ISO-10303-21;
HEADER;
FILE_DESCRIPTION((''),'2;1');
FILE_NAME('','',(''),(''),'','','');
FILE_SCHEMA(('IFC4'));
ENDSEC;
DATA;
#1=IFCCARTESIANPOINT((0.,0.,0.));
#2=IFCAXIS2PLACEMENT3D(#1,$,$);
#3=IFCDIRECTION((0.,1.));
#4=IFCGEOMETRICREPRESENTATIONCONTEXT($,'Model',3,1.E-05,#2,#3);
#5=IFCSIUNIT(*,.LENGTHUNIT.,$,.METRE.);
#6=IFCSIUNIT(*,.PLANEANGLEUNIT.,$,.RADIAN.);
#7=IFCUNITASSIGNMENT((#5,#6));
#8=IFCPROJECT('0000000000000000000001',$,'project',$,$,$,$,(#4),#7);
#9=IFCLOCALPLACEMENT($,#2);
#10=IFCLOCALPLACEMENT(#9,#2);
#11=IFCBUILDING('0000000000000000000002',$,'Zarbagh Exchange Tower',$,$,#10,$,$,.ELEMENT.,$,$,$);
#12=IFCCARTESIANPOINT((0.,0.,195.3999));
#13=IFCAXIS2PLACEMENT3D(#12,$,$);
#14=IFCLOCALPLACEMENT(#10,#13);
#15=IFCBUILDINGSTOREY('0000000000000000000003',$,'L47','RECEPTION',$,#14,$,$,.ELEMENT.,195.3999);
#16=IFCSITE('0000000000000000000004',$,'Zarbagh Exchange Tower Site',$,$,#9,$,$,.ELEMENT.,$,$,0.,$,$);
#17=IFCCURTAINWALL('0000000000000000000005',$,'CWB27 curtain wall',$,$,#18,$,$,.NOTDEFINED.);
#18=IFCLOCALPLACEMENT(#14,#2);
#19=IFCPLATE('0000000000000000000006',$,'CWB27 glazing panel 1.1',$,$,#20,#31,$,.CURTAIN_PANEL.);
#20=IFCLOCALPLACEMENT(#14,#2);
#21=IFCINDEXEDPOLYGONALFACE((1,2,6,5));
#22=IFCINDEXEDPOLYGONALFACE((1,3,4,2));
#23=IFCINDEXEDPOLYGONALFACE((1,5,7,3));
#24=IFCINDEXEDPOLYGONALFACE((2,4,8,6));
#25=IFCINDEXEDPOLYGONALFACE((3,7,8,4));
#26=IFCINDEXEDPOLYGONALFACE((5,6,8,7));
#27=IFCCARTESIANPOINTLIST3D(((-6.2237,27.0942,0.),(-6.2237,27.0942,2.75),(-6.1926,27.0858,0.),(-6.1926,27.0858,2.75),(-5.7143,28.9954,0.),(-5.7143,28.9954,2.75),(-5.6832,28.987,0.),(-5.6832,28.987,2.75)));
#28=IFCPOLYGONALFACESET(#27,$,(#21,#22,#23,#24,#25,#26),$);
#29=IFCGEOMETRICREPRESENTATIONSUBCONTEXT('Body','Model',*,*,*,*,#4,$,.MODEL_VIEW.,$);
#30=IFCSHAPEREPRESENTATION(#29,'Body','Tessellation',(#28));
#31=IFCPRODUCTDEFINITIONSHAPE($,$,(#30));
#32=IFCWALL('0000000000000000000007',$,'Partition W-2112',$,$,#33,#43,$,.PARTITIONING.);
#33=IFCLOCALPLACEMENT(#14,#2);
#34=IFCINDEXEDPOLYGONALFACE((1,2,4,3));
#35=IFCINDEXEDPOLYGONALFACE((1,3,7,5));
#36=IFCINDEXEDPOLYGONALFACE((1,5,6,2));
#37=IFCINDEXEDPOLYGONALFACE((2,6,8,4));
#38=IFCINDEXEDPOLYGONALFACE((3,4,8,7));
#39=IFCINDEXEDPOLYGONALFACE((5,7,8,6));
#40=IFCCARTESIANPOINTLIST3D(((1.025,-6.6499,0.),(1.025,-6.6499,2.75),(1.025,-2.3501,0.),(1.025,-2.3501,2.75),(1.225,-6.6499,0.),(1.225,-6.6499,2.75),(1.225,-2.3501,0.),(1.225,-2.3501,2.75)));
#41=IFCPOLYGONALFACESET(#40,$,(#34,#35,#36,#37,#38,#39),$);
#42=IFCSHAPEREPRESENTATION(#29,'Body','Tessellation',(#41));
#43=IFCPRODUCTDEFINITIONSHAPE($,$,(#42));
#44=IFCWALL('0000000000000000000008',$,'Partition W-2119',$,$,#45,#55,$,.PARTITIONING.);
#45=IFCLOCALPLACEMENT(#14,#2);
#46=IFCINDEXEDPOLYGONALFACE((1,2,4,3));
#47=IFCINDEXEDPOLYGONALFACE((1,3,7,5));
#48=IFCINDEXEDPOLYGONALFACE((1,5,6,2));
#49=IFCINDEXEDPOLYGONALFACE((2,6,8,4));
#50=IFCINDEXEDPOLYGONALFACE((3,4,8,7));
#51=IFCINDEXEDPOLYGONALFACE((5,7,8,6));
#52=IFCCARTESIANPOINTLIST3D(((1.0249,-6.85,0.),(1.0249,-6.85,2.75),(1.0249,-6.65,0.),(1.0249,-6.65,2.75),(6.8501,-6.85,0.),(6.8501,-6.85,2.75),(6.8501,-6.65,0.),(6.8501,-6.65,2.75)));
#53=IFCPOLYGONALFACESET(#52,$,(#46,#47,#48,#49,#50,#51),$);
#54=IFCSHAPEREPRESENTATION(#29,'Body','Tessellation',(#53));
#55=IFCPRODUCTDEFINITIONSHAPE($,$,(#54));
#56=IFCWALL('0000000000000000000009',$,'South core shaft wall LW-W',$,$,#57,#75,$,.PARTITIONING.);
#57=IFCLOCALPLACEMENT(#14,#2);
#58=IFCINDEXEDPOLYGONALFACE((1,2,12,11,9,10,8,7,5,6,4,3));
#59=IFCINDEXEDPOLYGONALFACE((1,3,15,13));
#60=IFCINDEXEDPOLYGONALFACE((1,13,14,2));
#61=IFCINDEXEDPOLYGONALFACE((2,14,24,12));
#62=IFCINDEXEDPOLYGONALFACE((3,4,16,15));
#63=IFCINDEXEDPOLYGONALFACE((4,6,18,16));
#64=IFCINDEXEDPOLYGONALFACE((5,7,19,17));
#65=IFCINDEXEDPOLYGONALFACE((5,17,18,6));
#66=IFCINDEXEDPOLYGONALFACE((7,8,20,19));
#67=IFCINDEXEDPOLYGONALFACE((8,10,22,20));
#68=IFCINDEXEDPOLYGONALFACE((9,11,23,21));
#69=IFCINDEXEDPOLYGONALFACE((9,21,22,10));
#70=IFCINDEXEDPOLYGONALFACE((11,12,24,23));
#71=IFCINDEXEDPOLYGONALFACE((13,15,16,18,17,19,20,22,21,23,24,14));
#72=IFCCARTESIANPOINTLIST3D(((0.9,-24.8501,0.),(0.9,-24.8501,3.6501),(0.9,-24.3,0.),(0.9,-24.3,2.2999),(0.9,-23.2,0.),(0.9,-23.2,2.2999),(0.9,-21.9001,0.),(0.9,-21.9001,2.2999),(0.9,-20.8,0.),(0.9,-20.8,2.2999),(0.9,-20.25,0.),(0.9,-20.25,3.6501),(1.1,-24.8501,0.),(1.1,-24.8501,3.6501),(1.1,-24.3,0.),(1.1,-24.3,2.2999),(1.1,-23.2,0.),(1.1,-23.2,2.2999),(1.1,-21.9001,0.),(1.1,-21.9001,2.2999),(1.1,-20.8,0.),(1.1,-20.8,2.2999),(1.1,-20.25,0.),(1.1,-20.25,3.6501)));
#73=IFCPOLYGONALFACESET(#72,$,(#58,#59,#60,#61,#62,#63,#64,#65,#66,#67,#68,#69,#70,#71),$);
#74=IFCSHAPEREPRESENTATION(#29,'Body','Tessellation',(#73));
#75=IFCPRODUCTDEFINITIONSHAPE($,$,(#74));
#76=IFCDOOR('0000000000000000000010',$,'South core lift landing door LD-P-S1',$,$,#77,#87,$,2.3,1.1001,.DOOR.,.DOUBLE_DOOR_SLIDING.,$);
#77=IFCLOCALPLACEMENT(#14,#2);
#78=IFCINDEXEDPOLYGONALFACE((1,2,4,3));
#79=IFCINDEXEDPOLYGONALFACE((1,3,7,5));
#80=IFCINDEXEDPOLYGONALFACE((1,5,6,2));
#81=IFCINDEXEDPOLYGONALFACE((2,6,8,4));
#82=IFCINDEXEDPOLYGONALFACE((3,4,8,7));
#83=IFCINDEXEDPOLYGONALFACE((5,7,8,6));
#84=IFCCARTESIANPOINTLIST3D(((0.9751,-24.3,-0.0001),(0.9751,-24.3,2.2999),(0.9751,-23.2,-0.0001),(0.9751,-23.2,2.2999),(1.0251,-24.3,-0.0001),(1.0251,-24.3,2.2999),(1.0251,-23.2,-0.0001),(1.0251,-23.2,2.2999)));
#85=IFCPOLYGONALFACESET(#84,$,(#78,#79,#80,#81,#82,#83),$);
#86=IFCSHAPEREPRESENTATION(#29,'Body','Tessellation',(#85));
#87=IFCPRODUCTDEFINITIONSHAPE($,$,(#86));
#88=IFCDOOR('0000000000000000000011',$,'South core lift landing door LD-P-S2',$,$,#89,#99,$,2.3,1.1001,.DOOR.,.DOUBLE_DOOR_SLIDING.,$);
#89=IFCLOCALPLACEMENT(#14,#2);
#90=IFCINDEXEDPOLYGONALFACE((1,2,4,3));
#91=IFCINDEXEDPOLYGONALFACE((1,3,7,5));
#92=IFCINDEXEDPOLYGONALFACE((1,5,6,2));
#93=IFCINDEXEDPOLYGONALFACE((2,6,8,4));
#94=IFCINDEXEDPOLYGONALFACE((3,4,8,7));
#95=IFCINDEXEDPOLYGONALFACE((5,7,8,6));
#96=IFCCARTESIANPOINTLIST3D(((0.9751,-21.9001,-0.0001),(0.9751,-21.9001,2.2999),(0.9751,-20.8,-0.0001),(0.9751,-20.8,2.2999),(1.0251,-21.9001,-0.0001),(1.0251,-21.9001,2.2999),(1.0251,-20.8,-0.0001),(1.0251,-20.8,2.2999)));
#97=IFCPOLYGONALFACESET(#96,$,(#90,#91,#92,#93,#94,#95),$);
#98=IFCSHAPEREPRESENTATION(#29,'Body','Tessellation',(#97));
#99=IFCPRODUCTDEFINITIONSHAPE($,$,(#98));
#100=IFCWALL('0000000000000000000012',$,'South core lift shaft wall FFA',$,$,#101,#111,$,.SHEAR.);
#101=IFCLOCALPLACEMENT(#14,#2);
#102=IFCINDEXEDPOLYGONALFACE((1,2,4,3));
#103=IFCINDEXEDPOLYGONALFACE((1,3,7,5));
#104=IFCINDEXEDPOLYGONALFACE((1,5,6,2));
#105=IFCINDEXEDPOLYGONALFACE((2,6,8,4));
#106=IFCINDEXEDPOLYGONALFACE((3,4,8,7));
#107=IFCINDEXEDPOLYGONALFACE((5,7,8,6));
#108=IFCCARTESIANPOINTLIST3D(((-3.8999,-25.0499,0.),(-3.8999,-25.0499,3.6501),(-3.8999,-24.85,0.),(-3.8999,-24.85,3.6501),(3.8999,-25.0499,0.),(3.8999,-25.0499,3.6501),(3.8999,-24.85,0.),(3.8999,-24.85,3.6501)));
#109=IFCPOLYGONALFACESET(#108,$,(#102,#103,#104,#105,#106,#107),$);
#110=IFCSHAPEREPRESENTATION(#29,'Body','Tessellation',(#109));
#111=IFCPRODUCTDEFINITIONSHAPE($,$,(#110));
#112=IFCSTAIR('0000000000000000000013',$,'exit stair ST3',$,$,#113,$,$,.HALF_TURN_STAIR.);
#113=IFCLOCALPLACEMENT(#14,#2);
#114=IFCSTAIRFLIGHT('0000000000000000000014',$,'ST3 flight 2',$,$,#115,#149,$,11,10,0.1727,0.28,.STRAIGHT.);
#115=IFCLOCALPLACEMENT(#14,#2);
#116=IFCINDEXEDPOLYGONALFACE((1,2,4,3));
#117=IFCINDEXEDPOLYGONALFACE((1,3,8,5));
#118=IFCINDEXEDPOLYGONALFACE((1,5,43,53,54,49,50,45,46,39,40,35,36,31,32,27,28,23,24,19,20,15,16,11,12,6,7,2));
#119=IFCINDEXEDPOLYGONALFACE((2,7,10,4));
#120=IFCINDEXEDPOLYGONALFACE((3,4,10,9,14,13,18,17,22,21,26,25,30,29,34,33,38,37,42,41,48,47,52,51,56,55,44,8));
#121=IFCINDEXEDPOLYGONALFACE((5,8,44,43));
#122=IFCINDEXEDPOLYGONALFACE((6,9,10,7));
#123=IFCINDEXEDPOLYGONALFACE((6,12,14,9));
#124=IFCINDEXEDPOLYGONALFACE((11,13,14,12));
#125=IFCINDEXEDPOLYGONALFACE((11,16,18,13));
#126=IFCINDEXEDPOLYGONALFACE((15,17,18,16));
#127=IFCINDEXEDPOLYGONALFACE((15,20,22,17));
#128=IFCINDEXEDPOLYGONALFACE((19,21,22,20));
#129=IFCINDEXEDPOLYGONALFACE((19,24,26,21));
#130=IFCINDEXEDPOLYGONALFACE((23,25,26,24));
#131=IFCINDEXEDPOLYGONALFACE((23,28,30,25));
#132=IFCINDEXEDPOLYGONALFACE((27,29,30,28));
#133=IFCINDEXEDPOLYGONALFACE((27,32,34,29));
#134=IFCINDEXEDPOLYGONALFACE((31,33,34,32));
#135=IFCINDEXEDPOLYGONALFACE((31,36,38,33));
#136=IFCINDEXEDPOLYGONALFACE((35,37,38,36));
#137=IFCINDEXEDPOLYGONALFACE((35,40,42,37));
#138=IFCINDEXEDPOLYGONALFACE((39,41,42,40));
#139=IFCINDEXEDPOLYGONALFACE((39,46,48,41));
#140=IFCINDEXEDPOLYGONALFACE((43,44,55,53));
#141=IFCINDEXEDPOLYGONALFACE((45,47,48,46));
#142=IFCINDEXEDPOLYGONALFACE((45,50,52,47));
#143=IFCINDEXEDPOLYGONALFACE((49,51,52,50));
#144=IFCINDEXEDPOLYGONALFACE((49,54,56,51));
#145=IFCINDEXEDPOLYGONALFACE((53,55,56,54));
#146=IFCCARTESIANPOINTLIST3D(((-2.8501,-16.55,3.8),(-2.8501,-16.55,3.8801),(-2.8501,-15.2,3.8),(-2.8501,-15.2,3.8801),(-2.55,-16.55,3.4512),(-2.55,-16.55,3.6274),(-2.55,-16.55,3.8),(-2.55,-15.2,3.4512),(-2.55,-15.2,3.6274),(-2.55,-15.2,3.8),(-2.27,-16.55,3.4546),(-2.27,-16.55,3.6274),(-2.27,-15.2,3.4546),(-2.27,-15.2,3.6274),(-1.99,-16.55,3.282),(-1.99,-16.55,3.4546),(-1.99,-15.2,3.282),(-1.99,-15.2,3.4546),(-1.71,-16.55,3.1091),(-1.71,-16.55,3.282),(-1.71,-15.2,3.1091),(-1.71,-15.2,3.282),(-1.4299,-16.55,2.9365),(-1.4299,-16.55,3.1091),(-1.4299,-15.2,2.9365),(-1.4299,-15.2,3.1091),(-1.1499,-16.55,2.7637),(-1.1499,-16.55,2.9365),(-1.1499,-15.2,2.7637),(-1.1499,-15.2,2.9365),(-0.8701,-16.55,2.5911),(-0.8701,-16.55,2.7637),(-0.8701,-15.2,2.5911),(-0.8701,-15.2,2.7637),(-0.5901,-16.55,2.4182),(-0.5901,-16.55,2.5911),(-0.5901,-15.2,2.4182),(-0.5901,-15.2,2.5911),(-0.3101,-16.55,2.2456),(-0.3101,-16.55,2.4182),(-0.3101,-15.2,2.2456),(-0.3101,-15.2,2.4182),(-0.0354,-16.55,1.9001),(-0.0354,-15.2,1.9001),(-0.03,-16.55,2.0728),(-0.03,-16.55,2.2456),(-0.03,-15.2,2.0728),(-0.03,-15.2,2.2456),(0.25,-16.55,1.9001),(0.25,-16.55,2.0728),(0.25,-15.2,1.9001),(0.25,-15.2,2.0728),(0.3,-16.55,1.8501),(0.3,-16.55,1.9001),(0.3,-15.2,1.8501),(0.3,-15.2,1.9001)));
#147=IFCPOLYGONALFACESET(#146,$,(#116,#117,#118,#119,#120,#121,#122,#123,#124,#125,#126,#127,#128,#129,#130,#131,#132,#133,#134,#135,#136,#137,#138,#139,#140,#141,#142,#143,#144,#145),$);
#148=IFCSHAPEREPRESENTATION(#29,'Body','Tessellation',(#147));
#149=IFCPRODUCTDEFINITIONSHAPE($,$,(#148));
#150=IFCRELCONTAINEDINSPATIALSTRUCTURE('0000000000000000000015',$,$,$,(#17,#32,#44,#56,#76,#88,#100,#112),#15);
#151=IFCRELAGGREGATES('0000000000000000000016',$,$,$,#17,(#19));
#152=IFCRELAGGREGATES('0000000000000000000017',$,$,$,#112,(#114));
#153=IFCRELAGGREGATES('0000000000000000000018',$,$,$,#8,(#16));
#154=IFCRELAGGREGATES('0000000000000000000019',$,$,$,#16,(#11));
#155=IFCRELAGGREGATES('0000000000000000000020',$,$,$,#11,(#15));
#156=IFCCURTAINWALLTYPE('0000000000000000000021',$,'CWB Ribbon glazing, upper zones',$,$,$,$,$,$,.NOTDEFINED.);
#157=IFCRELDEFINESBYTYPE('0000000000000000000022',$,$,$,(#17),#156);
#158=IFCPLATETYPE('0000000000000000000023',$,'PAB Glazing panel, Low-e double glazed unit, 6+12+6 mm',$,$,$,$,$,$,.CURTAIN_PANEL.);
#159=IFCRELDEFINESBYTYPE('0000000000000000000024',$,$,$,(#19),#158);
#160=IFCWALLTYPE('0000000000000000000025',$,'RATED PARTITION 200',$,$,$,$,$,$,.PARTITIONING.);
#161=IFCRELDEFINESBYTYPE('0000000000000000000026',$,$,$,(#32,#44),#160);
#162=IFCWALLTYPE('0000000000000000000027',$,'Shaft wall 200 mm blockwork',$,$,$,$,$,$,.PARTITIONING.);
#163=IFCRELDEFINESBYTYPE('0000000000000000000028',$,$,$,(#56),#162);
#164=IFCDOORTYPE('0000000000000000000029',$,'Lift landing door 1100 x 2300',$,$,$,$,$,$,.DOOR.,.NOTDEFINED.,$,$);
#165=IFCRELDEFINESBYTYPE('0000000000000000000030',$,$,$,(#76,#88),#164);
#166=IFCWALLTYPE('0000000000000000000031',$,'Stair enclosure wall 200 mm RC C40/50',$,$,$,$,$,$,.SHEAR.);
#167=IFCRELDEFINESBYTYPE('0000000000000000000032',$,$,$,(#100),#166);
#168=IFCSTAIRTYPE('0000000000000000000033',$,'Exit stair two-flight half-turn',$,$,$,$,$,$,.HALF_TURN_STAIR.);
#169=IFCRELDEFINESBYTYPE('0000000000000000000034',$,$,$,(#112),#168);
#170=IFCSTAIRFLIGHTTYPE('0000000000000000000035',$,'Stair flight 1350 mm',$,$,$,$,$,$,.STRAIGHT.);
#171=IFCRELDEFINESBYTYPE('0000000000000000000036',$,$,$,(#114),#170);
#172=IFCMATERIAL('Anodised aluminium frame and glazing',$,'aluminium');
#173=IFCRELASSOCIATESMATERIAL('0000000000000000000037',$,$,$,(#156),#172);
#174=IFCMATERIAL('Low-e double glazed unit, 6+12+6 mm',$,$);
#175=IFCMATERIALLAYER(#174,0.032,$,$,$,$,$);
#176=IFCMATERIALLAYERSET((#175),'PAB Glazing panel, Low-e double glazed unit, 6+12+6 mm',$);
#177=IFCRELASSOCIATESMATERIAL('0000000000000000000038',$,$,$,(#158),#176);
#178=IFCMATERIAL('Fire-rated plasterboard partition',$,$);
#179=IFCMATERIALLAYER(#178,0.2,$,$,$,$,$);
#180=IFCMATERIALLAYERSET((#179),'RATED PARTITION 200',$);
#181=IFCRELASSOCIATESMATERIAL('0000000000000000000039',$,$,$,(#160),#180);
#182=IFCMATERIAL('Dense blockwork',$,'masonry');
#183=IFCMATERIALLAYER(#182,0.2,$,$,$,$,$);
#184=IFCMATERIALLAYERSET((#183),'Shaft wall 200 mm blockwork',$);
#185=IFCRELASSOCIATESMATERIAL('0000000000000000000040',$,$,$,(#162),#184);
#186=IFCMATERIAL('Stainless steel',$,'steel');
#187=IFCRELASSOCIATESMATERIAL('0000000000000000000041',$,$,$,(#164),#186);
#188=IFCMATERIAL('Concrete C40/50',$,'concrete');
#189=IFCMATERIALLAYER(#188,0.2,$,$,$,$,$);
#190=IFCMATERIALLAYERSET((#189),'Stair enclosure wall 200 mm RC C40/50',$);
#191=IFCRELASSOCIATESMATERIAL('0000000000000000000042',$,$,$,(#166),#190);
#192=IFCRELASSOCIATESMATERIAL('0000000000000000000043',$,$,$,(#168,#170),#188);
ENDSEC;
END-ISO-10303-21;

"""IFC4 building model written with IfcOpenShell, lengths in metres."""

from ifc_helpers import new_model, si_unit, direction, frame, frame_2d, origin, place, context, subcontext, project, spatial, polyline, rectangle, outline, extrude, source, transform, mapped, material, layer, layer_set, type_object, element, fill, aggregate, save


model = new_model("IFC4")

# Units and contexts
model_context = context("Model", 3, precision=1e-05, world=origin(), true_north=direction((0.0, 1.0)))
body_context = subcontext(model_context, "Body", "Model", "MODEL_VIEW")
ifc_project = project(units=[si_unit("LENGTHUNIT", "METRE"), si_unit("PLANEANGLEUNIT", "RADIAN")], contexts=[model_context])

# Site, building, storey
site_placement = place(None, origin())
site = spatial("IfcSite", under=ifc_project, at=site_placement, Name="Zarbagh Exchange Tower Site", CompositionType="ELEMENT", RefElevation=0.0)
building_placement = place(site_placement, origin())
building = spatial("IfcBuilding", under=site, at=building_placement, Name="Zarbagh Exchange Tower", CompositionType="ELEMENT")
storey_placement = place(building_placement, frame((0.0, 0.0, 195.3999)))
storey = spatial("IfcBuildingStorey", under=building, at=storey_placement, Name="L47", Description="RECEPTION", CompositionType="ELEMENT", Elevation=195.3999)

# Shared definitions
ifc_material_1 = material(Name="Anodised aluminium frame and glazing", Category="aluminium")
curtain_wall_type = type_object("IfcCurtainWallType", Name="CWB Ribbon glazing, upper zones", PredefinedType="NOTDEFINED", material=ifc_material_1)
placement = place(storey_placement, origin())

# Shared definitions
ifc_material_2 = material(Name="Low-e double glazed unit, 6+12+6 mm")
ifc_layer_1 = layer(ifc_material_2, 0.032)
ifc_layer_set_1 = layer_set([ifc_layer_1], Name="PAB Glazing panel, Low-e double glazed unit, 6+12+6 mm")
plate_type = type_object("IfcPlateType", Name="PAB Glazing panel, Low-e double glazed unit, 6+12+6 mm", PredefinedType="CURTAIN_PANEL", material=ifc_layer_set_1)

# Curtain wall, plate
curtain_wall_1_placement = place(storey_placement, origin())
curtain_wall_1 = element("IfcCurtainWall", 1, at=curtain_wall_1_placement, inside=storey, type_object=curtain_wall_type, Name="CWB27 curtain wall", PredefinedType="NOTDEFINED")
shared_shape_1 = source(origin(), body_context, "Body", "SweptSolid", [
    extrude(outline(polyline([(0.0, -0.0161), (1.9683, -0.0161), (1.9683, 0.0161), (0.0, 0.0161), (0.0, -0.0161)])), origin(), (0.0, 0.0, 1.0), 2.75),
])
plate_1 = element("IfcPlate", 2, at=placement, type_object=plate_type, Name="CWB27 glazing panel 1.1", PredefinedType="CURTAIN_PANEL", context=body_context, shape_type="MappedRepresentation", body=[
    mapped(shared_shape_1, transform((-5.6987, 28.9912, 0.0), x_axis=(-0.258825, -0.965924, 0.0), y_axis=(0.965924, -0.258825, 0.0), z_axis=(0.0, 0.0, 1.0))),
])
aggregate(curtain_wall_1, [plate_1])

# Walls
ifc_material_3 = material(Name="Fire-rated plasterboard partition")
ifc_layer_2 = layer(ifc_material_3, 0.2)
ifc_layer_set_2 = layer_set([ifc_layer_2], Name="RATED PARTITION 200")
wall_type_1 = type_object("IfcWallType", Name="RATED PARTITION 200", PredefinedType="PARTITIONING", material=ifc_layer_set_2)
wall_1_placement = place(storey_placement, frame((1.125, -6.6499, 0.0), z_axis=(0.0, 0.0, 1.0), x_axis=(0.0, 1.0, 0.0)))
element("IfcWall", 3, at=wall_1_placement, inside=storey, type_object=wall_type_1, Name="Partition W-2112", PredefinedType="PARTITIONING", context=body_context, shape_type="SweptSolid", body=[
    extrude(rectangle(XDim=4.2998, YDim=0.2, at=frame_2d((2.1499, 0.0))), origin(), (0.0, 0.0, 1.0), 2.75),
])
wall_2_placement = place(storey_placement, frame((1.0249, -6.75, 0.0), z_axis=(0.0, 0.0, 1.0), x_axis=(1.0, 0.0, 0.0)))
element("IfcWall", 4, at=wall_2_placement, inside=storey, type_object=wall_type_1, Name="Partition W-2119", PredefinedType="PARTITIONING", context=body_context, shape_type="SweptSolid", body=[
    extrude(rectangle(XDim=5.8252, YDim=0.2, at=frame_2d((2.9126, 0.0))), origin(), (0.0, 0.0, 1.0), 2.75),
])

# Wall, openings, doors
ifc_material_4 = material(Name="Dense blockwork", Category="masonry")
ifc_layer_3 = layer(ifc_material_4, 0.2)
ifc_layer_set_3 = layer_set([ifc_layer_3], Name="Shaft wall 200 mm blockwork")
wall_type_2 = type_object("IfcWallType", Name="Shaft wall 200 mm blockwork", PredefinedType="PARTITIONING", material=ifc_layer_set_3)
wall_3_placement = place(storey_placement, frame((1.0, -24.8501, 0.0), z_axis=(0.0, 0.0, 1.0), x_axis=(0.0, 1.0, 0.0)))
wall_3 = element("IfcWall", 5, at=wall_3_placement, inside=storey, type_object=wall_type_2, Name="South core shaft wall LW-W", PredefinedType="PARTITIONING", context=body_context, shape_type="SweptSolid", body=[
    extrude(rectangle(XDim=4.6001, YDim=0.2, at=frame_2d((2.3, 0.0))), origin(), (0.0, 0.0, 1.0), 3.6501),
])
opening_1_placement = place(wall_3_placement, frame((0.55, 0.0, 0.0)))
opening_1 = element("IfcOpeningElement", 6, at=opening_1_placement, cuts=wall_3, PredefinedType="OPENING", context=body_context, shape_type="SweptSolid", body=[
    extrude(rectangle(XDim=1.1001, YDim=2.3, at=frame_2d((0.55, 1.1499))), frame((0.0, 0.1099, 0.0), z_axis=(0.0, -1.0, 0.0), x_axis=(1.0, 0.0, 0.0)), (0.0, 0.0, 1.0), 0.22),
])
opening_2_placement = place(wall_3_placement, frame((2.95, 0.0, 0.0)))
opening_2 = element("IfcOpeningElement", 7, at=opening_2_placement, cuts=wall_3, PredefinedType="OPENING", context=body_context, shape_type="SweptSolid", body=[
    extrude(rectangle(XDim=1.1001, YDim=2.3, at=frame_2d((0.55, 1.1499))), frame((0.0, 0.1099, 0.0), z_axis=(0.0, -1.0, 0.0), x_axis=(1.0, 0.0, 0.0)), (0.0, 0.0, 1.0), 0.22),
])
ifc_material_5 = material(Name="Stainless steel", Category="steel")
door_type = type_object("IfcDoorType", Name="Lift landing door 1100 x 2300", OperationType="NOTDEFINED", PredefinedType="DOOR", material=ifc_material_5)
door_1_placement = place(opening_1_placement, origin())
door_1 = element("IfcDoor", 8, at=door_1_placement, inside=storey, type_object=door_type, Name="South core lift landing door LD-P-S1", OperationType="DOUBLE_DOOR_SLIDING", OverallHeight=2.3, OverallWidth=1.1001, PredefinedType="DOOR", context=body_context, shape_type="SweptSolid", body=[
    extrude(rectangle(XDim=1.1001, YDim=2.3, at=frame_2d((0.55, 1.1499))), frame((0.0, 0.0249, 0.0), z_axis=(0.0, -1.0, 0.0), x_axis=(1.0, 0.0, 0.0)), (0.0, 0.0, 1.0), 0.05),
])
fill(opening_1, door_1)
door_2_placement = place(opening_2_placement, origin())
door_2 = element("IfcDoor", 9, at=door_2_placement, inside=storey, type_object=door_type, Name="South core lift landing door LD-P-S2", OperationType="DOUBLE_DOOR_SLIDING", OverallHeight=2.3, OverallWidth=1.1001, PredefinedType="DOOR", context=body_context, shape_type="SweptSolid", body=[
    extrude(rectangle(XDim=1.1001, YDim=2.3, at=frame_2d((0.55, 1.1499))), frame((0.0, 0.0249, 0.0), z_axis=(0.0, -1.0, 0.0), x_axis=(1.0, 0.0, 0.0)), (0.0, 0.0, 1.0), 0.05),
])
fill(opening_2, door_2)

# Wall
ifc_material_6 = material(Name="Concrete C40/50", Category="concrete")
ifc_layer_4 = layer(ifc_material_6, 0.2)
ifc_layer_set_4 = layer_set([ifc_layer_4], Name="Stair enclosure wall 200 mm RC C40/50")
wall_type_3 = type_object("IfcWallType", Name="Stair enclosure wall 200 mm RC C40/50", PredefinedType="SHEAR", material=ifc_layer_set_4)
wall_4_placement = place(storey_placement, frame((3.8999, -24.95, 0.0), z_axis=(0.0, 0.0, 1.0), x_axis=(-1.0, 0.0, 0.0)))
element("IfcWall", 10, at=wall_4_placement, inside=storey, type_object=wall_type_3, Name="South core lift shaft wall FFA", PredefinedType="SHEAR", context=body_context, shape_type="SweptSolid", body=[
    extrude(rectangle(XDim=7.7998, YDim=0.2, at=frame_2d((3.8999, 0.0))), origin(), (0.0, 0.0, 1.0), 3.6501),
])

# Stair, stair flight
stair_type = type_object("IfcStairType", Name="Exit stair two-flight half-turn", PredefinedType="HALF_TURN_STAIR", material=ifc_material_6)
stair_1_placement = place(storey_placement, origin())
stair_1 = element("IfcStair", 11, at=stair_1_placement, inside=storey, type_object=stair_type, Name="exit stair ST3", PredefinedType="HALF_TURN_STAIR")
stair_flight_type_1 = type_object("IfcStairFlightType", Name="Stair flight 1350 mm", PredefinedType="STRAIGHT", material=ifc_material_6)
stair_flight_1_placement = place(storey_placement, frame((0.25, -15.875, 1.9001), z_axis=(0.0, 0.0, 1.0), x_axis=(-1.0, 0.0, 0.0)))
stair_flight_1 = element("IfcStairFlight", 12, at=stair_flight_1_placement, type_object=stair_flight_type_1, Name="ST3 flight 2", NumberOfRisers=11, NumberOfTreads=10, PredefinedType="STRAIGHT", RiserHeight=0.1727, TreadLength=0.28, context=body_context, shape_type="SweptSolid", body=[
    extrude(outline(polyline([(-0.05, -0.05), (-0.05, 0.0), (0.0, 0.0), (0.0, 0.1726), (0.28, 0.1726), (0.28, 0.3455), (0.5601, 0.3455), (0.5601, 0.5181), (0.8401, 0.5181), (0.8401, 0.6909), (1.1201, 0.6909), (1.1201, 0.8635), (1.3999, 0.8635), (1.3999, 1.0364), (1.6799, 1.0364), (1.6799, 1.209), (1.96, 1.209), (1.96, 1.3818), (2.24, 1.3818), (2.24, 1.5544), (2.52, 1.5544), (2.52, 1.7273), (2.8, 1.7273), (2.8, 1.8999), (3.1001, 1.98), (3.1001, 1.8999), (2.8, 1.551), (0.2854, 0.0), (-0.05, -0.05)])), frame((0.0, 0.675, 0.0), z_axis=(0.0, -1.0, 0.0), x_axis=(1.0, 0.0, 0.0)), (0.0, 0.0, 1.0), 1.3501),
])
aggregate(stair_1, [stair_flight_1])

save(model, "model.ifc")
